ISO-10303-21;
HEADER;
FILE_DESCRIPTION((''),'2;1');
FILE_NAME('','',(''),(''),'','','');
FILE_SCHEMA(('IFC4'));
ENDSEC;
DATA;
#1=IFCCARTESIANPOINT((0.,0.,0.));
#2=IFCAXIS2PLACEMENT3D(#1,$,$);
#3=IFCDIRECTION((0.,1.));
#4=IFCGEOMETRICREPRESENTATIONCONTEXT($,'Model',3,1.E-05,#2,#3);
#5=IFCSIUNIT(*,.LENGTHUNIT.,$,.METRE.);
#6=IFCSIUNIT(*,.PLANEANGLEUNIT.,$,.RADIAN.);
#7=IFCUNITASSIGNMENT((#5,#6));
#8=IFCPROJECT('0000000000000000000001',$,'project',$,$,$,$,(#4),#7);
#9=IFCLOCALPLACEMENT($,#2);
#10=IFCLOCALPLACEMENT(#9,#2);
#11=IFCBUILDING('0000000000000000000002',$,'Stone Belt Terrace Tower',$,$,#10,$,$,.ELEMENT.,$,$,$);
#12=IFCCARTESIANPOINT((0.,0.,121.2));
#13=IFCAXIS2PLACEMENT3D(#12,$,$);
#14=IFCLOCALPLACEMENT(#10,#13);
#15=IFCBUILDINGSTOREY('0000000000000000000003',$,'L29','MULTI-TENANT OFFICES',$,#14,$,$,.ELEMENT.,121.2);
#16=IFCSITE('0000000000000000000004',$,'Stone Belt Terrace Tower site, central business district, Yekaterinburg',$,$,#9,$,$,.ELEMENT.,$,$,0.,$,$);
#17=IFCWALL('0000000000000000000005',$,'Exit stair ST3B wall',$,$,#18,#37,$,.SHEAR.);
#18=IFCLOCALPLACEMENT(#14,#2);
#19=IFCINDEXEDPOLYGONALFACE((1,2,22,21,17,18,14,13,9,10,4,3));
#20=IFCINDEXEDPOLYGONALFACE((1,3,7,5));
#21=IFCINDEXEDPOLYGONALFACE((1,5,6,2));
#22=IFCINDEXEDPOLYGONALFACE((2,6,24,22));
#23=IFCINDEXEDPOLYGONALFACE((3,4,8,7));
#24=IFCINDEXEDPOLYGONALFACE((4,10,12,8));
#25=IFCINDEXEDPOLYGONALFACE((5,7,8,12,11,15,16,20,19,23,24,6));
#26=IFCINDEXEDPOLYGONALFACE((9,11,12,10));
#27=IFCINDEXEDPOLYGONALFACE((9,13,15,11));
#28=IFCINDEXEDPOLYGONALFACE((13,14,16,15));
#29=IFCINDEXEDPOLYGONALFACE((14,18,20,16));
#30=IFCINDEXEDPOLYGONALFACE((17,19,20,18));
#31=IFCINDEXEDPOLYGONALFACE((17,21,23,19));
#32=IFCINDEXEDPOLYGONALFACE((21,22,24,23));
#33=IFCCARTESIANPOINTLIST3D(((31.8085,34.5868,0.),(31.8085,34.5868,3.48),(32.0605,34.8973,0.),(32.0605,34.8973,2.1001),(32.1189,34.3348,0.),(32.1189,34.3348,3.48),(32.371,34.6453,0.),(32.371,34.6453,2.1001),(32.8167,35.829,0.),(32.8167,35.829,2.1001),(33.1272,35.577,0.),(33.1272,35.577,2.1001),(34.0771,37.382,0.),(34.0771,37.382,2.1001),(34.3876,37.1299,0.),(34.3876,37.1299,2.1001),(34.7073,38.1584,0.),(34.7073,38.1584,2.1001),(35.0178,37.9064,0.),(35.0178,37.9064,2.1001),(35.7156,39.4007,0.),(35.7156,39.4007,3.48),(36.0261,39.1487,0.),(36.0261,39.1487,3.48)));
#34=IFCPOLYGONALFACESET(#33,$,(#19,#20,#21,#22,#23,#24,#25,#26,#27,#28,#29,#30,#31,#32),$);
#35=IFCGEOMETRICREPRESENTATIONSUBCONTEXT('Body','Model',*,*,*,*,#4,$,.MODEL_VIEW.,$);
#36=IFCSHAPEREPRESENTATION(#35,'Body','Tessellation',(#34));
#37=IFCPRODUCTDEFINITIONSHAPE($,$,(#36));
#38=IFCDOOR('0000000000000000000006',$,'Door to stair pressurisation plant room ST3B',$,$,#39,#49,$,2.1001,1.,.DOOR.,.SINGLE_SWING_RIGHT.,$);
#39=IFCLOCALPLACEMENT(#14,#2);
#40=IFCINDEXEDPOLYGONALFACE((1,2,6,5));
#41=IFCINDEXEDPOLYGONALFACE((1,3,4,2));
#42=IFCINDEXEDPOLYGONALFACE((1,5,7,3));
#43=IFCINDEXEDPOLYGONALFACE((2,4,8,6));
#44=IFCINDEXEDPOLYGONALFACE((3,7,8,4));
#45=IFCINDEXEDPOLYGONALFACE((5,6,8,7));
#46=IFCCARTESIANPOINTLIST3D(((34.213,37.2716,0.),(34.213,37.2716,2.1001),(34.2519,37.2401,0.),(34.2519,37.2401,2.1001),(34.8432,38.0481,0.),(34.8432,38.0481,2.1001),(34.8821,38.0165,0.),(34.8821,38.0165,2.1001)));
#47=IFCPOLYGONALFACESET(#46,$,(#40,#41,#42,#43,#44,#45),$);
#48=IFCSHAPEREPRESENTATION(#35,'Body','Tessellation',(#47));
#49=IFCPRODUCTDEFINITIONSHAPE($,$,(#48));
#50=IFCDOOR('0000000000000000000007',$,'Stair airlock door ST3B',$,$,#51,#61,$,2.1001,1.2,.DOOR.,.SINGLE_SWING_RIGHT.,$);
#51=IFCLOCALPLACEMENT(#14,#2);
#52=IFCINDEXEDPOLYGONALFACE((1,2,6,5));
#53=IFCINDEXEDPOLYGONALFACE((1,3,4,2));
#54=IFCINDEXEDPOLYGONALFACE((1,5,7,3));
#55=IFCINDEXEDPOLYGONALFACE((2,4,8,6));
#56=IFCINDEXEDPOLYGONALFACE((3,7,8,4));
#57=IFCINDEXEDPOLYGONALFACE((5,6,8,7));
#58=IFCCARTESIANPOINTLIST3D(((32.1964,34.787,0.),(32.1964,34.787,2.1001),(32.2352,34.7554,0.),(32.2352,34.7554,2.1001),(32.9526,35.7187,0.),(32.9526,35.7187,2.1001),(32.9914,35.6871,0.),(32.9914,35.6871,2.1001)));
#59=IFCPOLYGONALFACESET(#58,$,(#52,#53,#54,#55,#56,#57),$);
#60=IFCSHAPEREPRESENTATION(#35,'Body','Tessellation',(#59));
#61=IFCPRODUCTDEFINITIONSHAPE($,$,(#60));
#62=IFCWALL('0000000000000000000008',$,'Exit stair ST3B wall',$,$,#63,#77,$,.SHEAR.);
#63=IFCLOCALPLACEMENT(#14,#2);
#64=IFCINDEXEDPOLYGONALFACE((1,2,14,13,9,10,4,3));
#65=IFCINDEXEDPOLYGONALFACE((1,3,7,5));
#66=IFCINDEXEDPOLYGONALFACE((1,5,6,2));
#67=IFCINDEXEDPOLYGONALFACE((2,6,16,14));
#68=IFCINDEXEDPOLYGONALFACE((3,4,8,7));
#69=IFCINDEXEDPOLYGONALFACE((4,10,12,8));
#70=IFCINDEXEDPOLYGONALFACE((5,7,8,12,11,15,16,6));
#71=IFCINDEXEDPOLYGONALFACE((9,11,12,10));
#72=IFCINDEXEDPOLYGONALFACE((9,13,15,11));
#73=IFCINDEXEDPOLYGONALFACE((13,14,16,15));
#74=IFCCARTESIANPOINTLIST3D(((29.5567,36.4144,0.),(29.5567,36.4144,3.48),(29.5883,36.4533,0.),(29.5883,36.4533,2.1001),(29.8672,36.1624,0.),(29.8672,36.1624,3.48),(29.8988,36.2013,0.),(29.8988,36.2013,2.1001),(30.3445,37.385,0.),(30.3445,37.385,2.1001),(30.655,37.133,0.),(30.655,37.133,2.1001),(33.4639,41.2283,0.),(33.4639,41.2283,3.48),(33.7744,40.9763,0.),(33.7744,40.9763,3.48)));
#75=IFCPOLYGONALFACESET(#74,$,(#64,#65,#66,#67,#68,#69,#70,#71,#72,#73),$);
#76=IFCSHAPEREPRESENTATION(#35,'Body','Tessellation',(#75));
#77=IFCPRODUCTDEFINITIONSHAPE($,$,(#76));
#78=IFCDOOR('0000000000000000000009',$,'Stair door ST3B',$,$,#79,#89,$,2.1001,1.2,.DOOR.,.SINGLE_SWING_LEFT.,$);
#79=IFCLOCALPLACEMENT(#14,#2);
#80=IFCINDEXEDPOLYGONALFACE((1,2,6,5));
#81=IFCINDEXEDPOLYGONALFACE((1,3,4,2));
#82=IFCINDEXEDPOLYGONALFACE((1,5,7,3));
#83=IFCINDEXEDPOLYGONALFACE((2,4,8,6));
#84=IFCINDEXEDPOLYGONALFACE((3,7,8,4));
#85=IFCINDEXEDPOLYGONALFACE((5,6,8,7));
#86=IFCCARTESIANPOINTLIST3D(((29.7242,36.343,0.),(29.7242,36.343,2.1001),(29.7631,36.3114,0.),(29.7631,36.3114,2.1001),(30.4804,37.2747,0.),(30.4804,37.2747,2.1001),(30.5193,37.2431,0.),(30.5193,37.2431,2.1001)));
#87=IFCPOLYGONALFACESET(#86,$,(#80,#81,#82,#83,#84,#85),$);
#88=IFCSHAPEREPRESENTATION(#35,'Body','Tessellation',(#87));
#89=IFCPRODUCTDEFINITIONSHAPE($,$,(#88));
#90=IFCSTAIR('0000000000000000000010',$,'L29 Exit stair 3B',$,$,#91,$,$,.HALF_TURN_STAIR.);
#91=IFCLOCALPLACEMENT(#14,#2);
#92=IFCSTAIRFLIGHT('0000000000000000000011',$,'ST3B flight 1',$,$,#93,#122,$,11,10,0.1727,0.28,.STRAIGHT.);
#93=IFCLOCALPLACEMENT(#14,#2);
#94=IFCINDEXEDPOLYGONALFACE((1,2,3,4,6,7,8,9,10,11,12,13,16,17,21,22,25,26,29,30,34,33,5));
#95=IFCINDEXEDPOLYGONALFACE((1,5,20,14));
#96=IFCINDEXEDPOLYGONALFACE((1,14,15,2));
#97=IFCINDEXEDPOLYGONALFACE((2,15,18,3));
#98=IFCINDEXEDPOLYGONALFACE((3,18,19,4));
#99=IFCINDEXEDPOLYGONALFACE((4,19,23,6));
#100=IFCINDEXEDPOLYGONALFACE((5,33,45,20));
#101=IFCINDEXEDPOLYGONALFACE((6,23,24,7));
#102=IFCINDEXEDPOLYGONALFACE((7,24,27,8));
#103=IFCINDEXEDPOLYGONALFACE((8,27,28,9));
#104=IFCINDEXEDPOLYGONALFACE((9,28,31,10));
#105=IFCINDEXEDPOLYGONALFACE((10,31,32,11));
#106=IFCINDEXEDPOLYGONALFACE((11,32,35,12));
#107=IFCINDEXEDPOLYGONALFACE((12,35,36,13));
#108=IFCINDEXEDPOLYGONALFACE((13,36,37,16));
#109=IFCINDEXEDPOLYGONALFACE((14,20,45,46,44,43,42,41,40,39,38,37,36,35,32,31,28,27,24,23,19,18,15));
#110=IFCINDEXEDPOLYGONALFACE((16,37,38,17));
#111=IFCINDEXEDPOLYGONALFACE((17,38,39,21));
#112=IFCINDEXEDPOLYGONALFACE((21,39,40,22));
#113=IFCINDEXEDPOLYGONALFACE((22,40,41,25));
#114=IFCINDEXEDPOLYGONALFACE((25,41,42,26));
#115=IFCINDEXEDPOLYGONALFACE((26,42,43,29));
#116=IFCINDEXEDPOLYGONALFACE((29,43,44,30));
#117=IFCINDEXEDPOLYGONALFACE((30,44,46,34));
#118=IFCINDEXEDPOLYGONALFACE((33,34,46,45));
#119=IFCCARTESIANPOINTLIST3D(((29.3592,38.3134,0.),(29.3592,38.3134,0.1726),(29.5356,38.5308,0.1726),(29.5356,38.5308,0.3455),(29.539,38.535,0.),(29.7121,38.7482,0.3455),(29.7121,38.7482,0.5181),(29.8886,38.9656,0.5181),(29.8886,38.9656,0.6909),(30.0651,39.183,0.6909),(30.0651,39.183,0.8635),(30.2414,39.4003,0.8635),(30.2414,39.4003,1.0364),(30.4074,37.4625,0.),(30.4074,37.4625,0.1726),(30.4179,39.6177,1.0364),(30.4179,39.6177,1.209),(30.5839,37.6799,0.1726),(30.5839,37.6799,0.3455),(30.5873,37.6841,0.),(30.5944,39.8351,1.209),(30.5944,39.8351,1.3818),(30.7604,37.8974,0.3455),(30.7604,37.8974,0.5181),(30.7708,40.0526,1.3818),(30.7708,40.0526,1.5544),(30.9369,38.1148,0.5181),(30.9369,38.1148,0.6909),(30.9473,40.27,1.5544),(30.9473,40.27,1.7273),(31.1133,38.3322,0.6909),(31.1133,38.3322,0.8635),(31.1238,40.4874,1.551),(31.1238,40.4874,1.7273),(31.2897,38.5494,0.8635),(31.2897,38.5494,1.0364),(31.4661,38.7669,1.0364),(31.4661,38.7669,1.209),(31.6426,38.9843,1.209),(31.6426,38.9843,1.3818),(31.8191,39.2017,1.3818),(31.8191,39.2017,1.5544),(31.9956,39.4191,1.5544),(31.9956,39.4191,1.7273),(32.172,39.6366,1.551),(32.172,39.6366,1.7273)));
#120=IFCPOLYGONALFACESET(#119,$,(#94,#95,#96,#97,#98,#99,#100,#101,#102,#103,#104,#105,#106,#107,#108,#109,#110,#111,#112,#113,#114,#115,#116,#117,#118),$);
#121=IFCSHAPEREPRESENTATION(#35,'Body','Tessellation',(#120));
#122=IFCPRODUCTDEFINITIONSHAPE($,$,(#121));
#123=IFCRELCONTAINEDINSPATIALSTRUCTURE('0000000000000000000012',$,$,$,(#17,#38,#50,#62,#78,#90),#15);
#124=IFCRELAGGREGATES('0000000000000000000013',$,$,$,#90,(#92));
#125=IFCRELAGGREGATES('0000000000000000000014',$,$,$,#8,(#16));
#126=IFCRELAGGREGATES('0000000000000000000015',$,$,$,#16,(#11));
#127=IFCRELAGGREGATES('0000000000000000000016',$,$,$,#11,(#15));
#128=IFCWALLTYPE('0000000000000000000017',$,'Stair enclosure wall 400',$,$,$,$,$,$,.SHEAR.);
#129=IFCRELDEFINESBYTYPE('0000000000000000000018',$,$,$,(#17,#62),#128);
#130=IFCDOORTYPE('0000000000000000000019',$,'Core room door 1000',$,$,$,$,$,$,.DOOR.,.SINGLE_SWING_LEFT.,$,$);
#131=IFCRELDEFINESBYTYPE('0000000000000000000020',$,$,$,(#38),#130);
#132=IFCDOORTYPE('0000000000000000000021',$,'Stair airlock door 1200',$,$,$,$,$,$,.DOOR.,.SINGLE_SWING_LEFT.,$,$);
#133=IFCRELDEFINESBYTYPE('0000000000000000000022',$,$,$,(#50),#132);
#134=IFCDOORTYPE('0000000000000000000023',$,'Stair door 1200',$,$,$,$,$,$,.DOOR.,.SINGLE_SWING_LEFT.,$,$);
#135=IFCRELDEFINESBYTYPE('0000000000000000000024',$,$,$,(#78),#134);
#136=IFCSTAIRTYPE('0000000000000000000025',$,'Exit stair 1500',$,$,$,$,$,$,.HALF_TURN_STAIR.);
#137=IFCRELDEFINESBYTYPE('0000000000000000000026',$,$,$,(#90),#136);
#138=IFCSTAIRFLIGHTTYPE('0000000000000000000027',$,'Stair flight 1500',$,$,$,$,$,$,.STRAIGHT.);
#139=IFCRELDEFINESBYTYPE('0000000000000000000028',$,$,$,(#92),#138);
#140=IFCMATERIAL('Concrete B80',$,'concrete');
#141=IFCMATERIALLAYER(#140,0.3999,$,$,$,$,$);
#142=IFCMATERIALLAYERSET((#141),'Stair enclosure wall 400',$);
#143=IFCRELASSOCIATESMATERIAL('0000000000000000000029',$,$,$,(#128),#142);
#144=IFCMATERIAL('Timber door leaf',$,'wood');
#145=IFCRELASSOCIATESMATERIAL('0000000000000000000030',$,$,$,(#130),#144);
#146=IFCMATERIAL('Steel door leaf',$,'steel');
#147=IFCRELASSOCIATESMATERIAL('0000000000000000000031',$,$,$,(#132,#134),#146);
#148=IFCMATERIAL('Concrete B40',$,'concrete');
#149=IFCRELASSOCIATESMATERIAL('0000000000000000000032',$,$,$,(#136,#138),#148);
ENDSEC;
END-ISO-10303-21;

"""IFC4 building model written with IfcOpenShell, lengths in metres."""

from ifc_helpers import new_model, si_unit, direction, frame, frame_2d, origin, place, context, subcontext, project, spatial, polyline, rectangle, outline, extrude, material, layer, layer_set, type_object, element, fill, aggregate, save


model = new_model("IFC4")

# Units and contexts
model_context = context("Model", 3, precision=1e-05, world=origin(), true_north=direction((0.0, 1.0)))
body_context = subcontext(model_context, "Body", "Model", "MODEL_VIEW")
ifc_project = project(units=[si_unit("LENGTHUNIT", "METRE"), si_unit("PLANEANGLEUNIT", "RADIAN")], contexts=[model_context])

# Site, building, storey
site_placement = place(None, origin())
site = spatial("IfcSite", under=ifc_project, at=site_placement, Name="Stone Belt Terrace Tower site, central business district, Yekaterinburg", CompositionType="ELEMENT", RefElevation=0.0)
building_placement = place(site_placement, origin())
building = spatial("IfcBuilding", under=site, at=building_placement, Name="Stone Belt Terrace Tower", CompositionType="ELEMENT")
storey_placement = place(building_placement, frame((0.0, 0.0, 121.2)))
storey = spatial("IfcBuildingStorey", under=building, at=storey_placement, Name="L29", Description="MULTI-TENANT OFFICES", CompositionType="ELEMENT", Elevation=121.2)

# Shared definitions
ifc_material_1 = material(Name="Concrete B80", Category="concrete")

# Shared definitions
ifc_material_2 = material(Name="Concrete B40", Category="concrete")

# Shared definitions
ifc_material_3 = material(Name="Timber door leaf", Category="wood")

# Shared definitions
ifc_layer_1 = layer(ifc_material_1, 0.3999)
ifc_layer_set_1 = layer_set([ifc_layer_1], Name="Stair enclosure wall 400")
wall_type_1 = type_object("IfcWallType", Name="Stair enclosure wall 400", PredefinedType="SHEAR", material=ifc_layer_set_1)

# Wall, openings, doors
wall_1_placement = place(storey_placement, frame((31.9636, 34.4607, 0.0), z_axis=(0.0, 0.0, 1.0), x_axis=(0.630192, 0.776439, 0.0)))
wall_1 = element("IfcWall", 1, at=wall_1_placement, inside=storey, type_object=wall_type_1, Name="Exit stair ST3B wall", PredefinedType="SHEAR", context=body_context, shape_type="SweptSolid", body=[
    extrude(rectangle(XDim=6.2, YDim=0.3999, at=frame_2d((3.1001, 0.0))), origin(), (0.0, 0.0, 1.0), 3.48),
])
opening_1_placement = place(wall_1_placement, frame((0.3999, 0.0, 0.0)))
opening_1 = element("IfcOpeningElement", 2, at=opening_1_placement, cuts=wall_1, PredefinedType="OPENING", context=body_context, shape_type="SweptSolid", body=[
    extrude(rectangle(XDim=1.2, YDim=2.1001, at=frame_2d((0.6001, 1.05))), frame((0.0, 0.21, 0.0), z_axis=(0.0, -1.0, 0.0), x_axis=(1.0, 0.0, 0.0)), (0.0, 0.0, 1.0), 0.4199),
])
opening_2_placement = place(wall_1_placement, frame((3.6001, 0.0, 0.0)))
opening_2 = element("IfcOpeningElement", 3, at=opening_2_placement, cuts=wall_1, PredefinedType="OPENING", context=body_context, shape_type="SweptSolid", body=[
    extrude(rectangle(XDim=1.0, YDim=2.1001, at=frame_2d((0.5, 1.05))), frame((0.0, 0.21, 0.0), z_axis=(0.0, -1.0, 0.0), x_axis=(1.0, 0.0, 0.0)), (0.0, 0.0, 1.0), 0.4199),
])
door_type_1 = type_object("IfcDoorType", Name="Core room door 1000", OperationType="SINGLE_SWING_LEFT", PredefinedType="DOOR", material=ifc_material_3)
door_1_placement = place(opening_2_placement, origin())
door_1 = element("IfcDoor", 4, at=door_1_placement, inside=storey, type_object=door_type_1, Name="Door to stair pressurisation plant room ST3B", OperationType="SINGLE_SWING_RIGHT", OverallHeight=2.1001, OverallWidth=1.0, PredefinedType="DOOR", context=body_context, shape_type="SweptSolid", body=[
    extrude(rectangle(XDim=1.0, YDim=2.1001, at=frame_2d((0.5, 1.05))), frame((0.0, 0.0249, 0.0), z_axis=(0.0, -1.0, 0.0), x_axis=(1.0, 0.0, 0.0)), (0.0, 0.0, 1.0), 0.05),
])
fill(opening_2, door_1)
ifc_material_4 = material(Name="Steel door leaf", Category="steel")
door_type_2 = type_object("IfcDoorType", Name="Stair airlock door 1200", OperationType="SINGLE_SWING_LEFT", PredefinedType="DOOR", material=ifc_material_4)
door_2_placement = place(opening_1_placement, origin())
door_2 = element("IfcDoor", 5, at=door_2_placement, inside=storey, type_object=door_type_2, Name="Stair airlock door ST3B", OperationType="SINGLE_SWING_RIGHT", OverallHeight=2.1001, OverallWidth=1.2, PredefinedType="DOOR", context=body_context, shape_type="SweptSolid", body=[
    extrude(rectangle(XDim=1.2, YDim=2.1001, at=frame_2d((0.6001, 1.05))), frame((0.0, 0.0249, 0.0), z_axis=(0.0, -1.0, 0.0), x_axis=(1.0, 0.0, 0.0)), (0.0, 0.0, 1.0), 0.05),
])
fill(opening_1, door_2)

# Wall, opening, door
wall_2_placement = place(storey_placement, frame((29.7119, 36.2883, 0.0), z_axis=(0.0, 0.0, 1.0), x_axis=(0.630192, 0.776439, 0.0)))
wall_2 = element("IfcWall", 6, at=wall_2_placement, inside=storey, type_object=wall_type_1, Name="Exit stair ST3B wall", PredefinedType="SHEAR", context=body_context, shape_type="SweptSolid", body=[
    extrude(rectangle(XDim=6.2, YDim=0.3999, at=frame_2d((3.1001, 0.0))), origin(), (0.0, 0.0, 1.0), 3.48),
])
opening_3_placement = place(wall_2_placement, frame((0.05, 0.0, 0.0)))
opening_3 = element("IfcOpeningElement", 7, at=opening_3_placement, cuts=wall_2, PredefinedType="OPENING", context=body_context, shape_type="SweptSolid", body=[
    extrude(rectangle(XDim=1.2, YDim=2.1001, at=frame_2d((0.6001, 1.05))), frame((0.0, 0.21, 0.0), z_axis=(0.0, -1.0, 0.0), x_axis=(1.0, 0.0, 0.0)), (0.0, 0.0, 1.0), 0.4199),
])
door_type_3 = type_object("IfcDoorType", Name="Stair door 1200", OperationType="SINGLE_SWING_LEFT", PredefinedType="DOOR", material=ifc_material_4)
door_3_placement = place(opening_3_placement, origin())
door_3 = element("IfcDoor", 8, at=door_3_placement, inside=storey, type_object=door_type_3, Name="Stair door ST3B", OperationType="SINGLE_SWING_LEFT", OverallHeight=2.1001, OverallWidth=1.2, PredefinedType="DOOR", context=body_context, shape_type="SweptSolid", body=[
    extrude(rectangle(XDim=1.2, YDim=2.1001, at=frame_2d((0.6001, 1.05))), frame((0.0, 0.0249, 0.0), z_axis=(0.0, -1.0, 0.0), x_axis=(1.0, 0.0, 0.0)), (0.0, 0.0, 1.0), 0.05),
])
fill(opening_3, door_3)

# Stair, stair flight
stair_type = type_object("IfcStairType", Name="Exit stair 1500", PredefinedType="HALF_TURN_STAIR", material=ifc_material_2)
stair_placement = place(storey_placement, origin())
stair = element("IfcStair", 9, at=stair_placement, inside=storey, type_object=stair_type, Name="L29 Exit stair 3B", PredefinedType="HALF_TURN_STAIR")
stair_flight_type = type_object("IfcStairFlightType", Name="Stair flight 1500", PredefinedType="STRAIGHT", material=ifc_material_2)
stair_flight_placement = place(storey_placement, frame((29.8833, 37.8879, 0.0), z_axis=(0.0, 0.0, 1.0), x_axis=(0.630206, 0.776428, 0.0)))
stair_flight = element("IfcStairFlight", 10, at=stair_flight_placement, type_object=stair_flight_type, Name="ST3B flight 1", NumberOfRisers=11, NumberOfTreads=10, PredefinedType="STRAIGHT", RiserHeight=0.1727, TreadLength=0.28, context=body_context, shape_type="SweptSolid", body=[
    extrude(outline(polyline([(0.0, 0.0), (0.0, 0.1726), (0.28, 0.1726), (0.28, 0.3455), (0.5601, 0.3455), (0.5601, 0.5181), (0.8401, 0.5181), (0.8401, 0.6909), (1.1201, 0.6909), (1.1201, 0.8635), (1.3999, 0.8635), (1.3999, 1.0364), (1.6799, 1.0364), (1.6799, 1.209), (1.96, 1.209), (1.96, 1.3818), (2.24, 1.3818), (2.24, 1.5544), (2.52, 1.5544), (2.52, 1.7273), (2.8, 1.7273), (2.8, 1.8999), (2.8, 1.551), (0.2854, 0.0), (0.0, 0.0)])), frame((0.0, 0.675, 0.0), z_axis=(0.0, -1.0, 0.0), x_axis=(1.0, 0.0, 0.0)), (0.0, 0.0, 1.0), 1.3501),
])
aggregate(stair, [stair_flight])

save(model, "model.ifc")
